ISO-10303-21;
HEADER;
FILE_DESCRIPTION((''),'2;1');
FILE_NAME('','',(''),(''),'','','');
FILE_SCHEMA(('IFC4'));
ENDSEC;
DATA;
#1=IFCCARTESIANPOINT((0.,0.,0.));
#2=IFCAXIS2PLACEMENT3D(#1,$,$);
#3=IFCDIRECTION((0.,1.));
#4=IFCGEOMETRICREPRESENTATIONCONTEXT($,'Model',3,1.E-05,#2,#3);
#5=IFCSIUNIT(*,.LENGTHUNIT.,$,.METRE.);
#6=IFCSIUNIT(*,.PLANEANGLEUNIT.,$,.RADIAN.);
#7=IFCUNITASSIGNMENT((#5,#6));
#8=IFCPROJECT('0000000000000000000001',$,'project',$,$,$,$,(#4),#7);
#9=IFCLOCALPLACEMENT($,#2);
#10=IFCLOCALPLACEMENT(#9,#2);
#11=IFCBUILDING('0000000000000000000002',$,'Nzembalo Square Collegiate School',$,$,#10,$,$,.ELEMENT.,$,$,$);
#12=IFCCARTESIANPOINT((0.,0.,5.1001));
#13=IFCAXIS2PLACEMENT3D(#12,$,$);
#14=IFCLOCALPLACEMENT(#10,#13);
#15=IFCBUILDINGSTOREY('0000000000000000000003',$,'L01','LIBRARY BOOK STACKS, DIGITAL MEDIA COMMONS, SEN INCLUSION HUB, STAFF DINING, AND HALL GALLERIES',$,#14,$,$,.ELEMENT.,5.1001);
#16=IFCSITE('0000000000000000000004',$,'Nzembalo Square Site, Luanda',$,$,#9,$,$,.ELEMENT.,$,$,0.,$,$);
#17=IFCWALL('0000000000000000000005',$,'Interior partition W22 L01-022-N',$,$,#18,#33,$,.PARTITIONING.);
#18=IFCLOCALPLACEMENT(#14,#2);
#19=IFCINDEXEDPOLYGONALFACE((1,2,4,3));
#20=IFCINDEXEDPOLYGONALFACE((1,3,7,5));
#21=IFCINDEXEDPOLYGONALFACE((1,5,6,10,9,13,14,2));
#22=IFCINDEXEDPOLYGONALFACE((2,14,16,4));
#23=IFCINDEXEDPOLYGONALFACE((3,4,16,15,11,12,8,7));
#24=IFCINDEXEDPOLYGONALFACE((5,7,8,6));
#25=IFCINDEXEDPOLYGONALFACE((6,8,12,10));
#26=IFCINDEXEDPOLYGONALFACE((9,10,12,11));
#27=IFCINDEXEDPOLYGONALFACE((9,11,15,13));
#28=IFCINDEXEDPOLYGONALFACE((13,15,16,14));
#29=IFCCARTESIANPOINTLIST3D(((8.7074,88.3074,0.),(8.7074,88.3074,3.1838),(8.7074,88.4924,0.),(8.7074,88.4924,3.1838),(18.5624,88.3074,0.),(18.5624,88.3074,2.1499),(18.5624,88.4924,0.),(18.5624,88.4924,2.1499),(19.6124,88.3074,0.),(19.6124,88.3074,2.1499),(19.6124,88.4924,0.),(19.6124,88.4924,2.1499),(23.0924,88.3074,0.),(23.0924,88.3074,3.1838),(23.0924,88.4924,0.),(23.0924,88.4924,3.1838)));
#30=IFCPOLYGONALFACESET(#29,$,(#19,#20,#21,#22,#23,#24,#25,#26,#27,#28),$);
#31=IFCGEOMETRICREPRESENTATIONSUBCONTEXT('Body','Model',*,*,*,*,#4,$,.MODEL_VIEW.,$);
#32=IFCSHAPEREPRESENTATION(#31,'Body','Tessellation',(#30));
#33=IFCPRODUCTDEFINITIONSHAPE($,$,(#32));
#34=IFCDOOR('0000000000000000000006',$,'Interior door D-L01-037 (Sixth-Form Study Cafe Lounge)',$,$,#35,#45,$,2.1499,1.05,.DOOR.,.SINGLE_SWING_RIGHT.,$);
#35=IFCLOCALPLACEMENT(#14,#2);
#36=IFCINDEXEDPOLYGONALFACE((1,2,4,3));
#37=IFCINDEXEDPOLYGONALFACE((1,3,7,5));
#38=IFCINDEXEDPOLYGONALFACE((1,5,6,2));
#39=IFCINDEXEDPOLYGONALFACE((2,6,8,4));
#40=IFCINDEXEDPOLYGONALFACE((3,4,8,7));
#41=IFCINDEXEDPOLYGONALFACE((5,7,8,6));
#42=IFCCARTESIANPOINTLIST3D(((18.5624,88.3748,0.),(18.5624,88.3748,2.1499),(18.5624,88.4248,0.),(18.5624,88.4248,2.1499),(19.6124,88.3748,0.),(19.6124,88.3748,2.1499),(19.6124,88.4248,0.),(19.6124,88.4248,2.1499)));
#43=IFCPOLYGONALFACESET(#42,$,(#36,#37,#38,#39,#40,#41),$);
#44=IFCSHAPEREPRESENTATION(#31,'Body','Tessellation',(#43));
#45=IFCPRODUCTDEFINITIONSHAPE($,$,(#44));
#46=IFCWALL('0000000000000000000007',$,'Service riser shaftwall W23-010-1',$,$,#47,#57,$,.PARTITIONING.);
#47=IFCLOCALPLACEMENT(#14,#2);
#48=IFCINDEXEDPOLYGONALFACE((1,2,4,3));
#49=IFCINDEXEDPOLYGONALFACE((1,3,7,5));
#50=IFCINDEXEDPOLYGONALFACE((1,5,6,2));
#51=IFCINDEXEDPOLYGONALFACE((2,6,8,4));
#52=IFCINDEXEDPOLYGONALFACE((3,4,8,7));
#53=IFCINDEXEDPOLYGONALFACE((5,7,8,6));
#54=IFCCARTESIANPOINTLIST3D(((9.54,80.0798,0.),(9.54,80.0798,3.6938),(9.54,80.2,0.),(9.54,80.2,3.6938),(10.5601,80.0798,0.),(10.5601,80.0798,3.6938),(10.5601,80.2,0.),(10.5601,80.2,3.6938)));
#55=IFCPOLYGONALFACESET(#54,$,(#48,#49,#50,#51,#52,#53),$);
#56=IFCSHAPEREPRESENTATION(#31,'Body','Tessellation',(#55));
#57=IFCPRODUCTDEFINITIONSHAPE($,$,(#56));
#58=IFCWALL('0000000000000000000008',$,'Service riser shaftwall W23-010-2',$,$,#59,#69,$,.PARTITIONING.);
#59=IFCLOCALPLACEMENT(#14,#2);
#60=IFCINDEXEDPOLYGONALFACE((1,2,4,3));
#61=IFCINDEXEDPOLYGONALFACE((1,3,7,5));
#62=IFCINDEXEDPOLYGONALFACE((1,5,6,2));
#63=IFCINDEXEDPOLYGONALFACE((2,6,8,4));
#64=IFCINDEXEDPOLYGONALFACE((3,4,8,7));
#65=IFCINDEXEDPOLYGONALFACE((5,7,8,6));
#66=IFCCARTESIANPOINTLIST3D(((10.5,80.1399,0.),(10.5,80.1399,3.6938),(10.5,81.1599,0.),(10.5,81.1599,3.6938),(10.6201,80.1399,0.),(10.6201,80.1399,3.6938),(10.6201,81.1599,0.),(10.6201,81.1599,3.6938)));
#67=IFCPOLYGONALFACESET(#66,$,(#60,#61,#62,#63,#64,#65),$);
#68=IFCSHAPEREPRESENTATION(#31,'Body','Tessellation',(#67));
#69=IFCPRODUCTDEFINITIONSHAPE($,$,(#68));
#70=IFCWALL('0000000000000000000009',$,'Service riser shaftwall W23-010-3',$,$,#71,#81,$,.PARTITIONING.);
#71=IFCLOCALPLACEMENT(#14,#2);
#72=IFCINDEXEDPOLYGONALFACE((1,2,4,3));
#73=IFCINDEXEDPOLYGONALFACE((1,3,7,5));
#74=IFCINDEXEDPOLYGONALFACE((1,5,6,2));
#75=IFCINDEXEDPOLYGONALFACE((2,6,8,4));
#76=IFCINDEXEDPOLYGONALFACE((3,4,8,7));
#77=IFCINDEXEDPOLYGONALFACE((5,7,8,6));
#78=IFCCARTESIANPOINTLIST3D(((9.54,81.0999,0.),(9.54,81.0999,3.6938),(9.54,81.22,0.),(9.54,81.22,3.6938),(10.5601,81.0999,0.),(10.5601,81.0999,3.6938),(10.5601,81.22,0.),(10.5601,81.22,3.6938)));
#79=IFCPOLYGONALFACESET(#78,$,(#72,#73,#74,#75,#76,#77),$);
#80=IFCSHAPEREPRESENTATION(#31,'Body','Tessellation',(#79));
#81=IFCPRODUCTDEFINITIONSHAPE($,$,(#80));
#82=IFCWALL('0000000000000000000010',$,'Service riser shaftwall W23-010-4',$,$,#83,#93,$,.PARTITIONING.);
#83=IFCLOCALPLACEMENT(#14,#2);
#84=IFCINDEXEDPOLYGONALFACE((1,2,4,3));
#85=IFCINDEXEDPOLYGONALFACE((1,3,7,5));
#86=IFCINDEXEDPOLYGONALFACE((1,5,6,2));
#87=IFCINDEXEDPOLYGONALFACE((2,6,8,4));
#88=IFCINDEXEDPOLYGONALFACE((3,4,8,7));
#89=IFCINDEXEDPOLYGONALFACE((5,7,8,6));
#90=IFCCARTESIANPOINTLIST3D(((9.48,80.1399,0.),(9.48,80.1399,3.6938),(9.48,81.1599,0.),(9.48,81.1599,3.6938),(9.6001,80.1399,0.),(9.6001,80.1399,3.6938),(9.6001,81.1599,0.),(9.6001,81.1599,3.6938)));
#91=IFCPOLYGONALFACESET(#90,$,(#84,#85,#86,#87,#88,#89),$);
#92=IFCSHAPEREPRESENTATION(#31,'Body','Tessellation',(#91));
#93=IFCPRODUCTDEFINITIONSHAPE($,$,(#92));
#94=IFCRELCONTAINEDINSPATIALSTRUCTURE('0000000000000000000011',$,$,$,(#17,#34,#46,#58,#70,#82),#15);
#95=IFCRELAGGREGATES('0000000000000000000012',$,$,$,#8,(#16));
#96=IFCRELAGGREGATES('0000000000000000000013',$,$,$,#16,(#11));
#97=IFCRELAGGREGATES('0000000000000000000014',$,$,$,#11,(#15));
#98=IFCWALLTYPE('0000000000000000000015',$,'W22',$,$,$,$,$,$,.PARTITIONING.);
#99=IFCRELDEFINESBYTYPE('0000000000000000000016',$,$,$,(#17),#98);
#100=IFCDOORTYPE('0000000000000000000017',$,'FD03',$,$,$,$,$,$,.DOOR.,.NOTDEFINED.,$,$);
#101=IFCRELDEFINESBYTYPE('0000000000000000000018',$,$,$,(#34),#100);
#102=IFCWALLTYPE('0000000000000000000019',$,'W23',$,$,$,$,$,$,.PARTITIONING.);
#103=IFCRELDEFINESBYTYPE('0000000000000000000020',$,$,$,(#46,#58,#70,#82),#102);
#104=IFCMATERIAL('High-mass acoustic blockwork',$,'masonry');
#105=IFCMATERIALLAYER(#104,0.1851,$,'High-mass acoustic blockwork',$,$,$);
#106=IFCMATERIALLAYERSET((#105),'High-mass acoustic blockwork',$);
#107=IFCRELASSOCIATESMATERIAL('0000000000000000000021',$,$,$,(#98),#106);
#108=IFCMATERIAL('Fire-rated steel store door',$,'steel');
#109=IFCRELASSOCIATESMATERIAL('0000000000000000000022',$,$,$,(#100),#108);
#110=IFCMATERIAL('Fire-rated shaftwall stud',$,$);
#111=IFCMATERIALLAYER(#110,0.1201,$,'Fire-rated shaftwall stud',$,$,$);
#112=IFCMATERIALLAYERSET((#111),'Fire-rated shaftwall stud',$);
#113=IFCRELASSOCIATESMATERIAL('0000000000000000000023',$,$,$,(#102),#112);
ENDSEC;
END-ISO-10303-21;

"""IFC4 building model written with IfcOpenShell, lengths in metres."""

from ifc_helpers import new_model, si_unit, direction, frame, frame_2d, origin, place, context, subcontext, project, spatial, rectangle, extrude, material, layer, layer_set, type_object, element, fill, save


model = new_model("IFC4")

# Units and contexts
model_context = context("Model", 3, precision=1e-05, world=origin(), true_north=direction((0.0, 1.0)))
body_context = subcontext(model_context, "Body", "Model", "MODEL_VIEW")
ifc_project = project(units=[si_unit("LENGTHUNIT", "METRE"), si_unit("PLANEANGLEUNIT", "RADIAN")], contexts=[model_context])

# Site, building, storey
site_placement = place(None, origin())
site = spatial("IfcSite", under=ifc_project, at=site_placement, Name="Nzembalo Square Site, Luanda", CompositionType="ELEMENT", RefElevation=0.0)
building_placement = place(site_placement, origin())
building = spatial("IfcBuilding", under=site, at=building_placement, Name="Nzembalo Square Collegiate School", CompositionType="ELEMENT")
storey_placement = place(building_placement, frame((0.0, 0.0, 5.1001)))
storey = spatial("IfcBuildingStorey", under=building, at=storey_placement, Name="L01", Description="LIBRARY BOOK STACKS, DIGITAL MEDIA COMMONS, SEN INCLUSION HUB, STAFF DINING, AND HALL GALLERIES", CompositionType="ELEMENT", Elevation=5.1001)

# Shared definitions
ifc_material_1 = material(Name="High-mass acoustic blockwork", Category="masonry")
ifc_layer_1 = layer(ifc_material_1, 0.1851, Name="High-mass acoustic blockwork")
ifc_layer_set_1 = layer_set([ifc_layer_1], Name="High-mass acoustic blockwork")
wall_type_1 = type_object("IfcWallType", Name="W22", PredefinedType="PARTITIONING", material=ifc_layer_set_1)

# Wall, opening, door
wall_1_placement = place(storey_placement, frame((8.7075, 88.3999, 0.0), z_axis=(0.0, 0.0, 1.0), x_axis=(1.0, 0.0, 0.0)))
wall_1 = element("IfcWall", 1, at=wall_1_placement, inside=storey, type_object=wall_type_1, Name="Interior partition W22 L01-022-N", PredefinedType="PARTITIONING", context=body_context, shape_type="SweptSolid", body=[
    extrude(rectangle(XDim=14.385, YDim=0.1851, at=frame_2d((7.1924, 0.0))), origin(), (0.0, 0.0, 1.0), 3.1838),
])
opening_1_placement = place(wall_1_placement, frame((9.855, 0.0, 0.0)))
opening_1 = element("IfcOpeningElement", 2, at=opening_1_placement, cuts=wall_1, PredefinedType="OPENING", context=body_context, shape_type="SweptSolid", body=[
    extrude(rectangle(XDim=1.05, YDim=2.1499, at=frame_2d((0.5249, 1.075))), frame((0.0, 0.1025, 0.0), z_axis=(0.0, -1.0, 0.0), x_axis=(1.0, 0.0, 0.0)), (0.0, 0.0, 1.0), 0.2051),
])
ifc_material_2 = material(Name="Fire-rated steel store door", Category="steel")
door_type_1 = type_object("IfcDoorType", Name="FD03", OperationType="NOTDEFINED", PredefinedType="DOOR", material=ifc_material_2)
door_1_placement = place(opening_1_placement, origin())
door_1 = element("IfcDoor", 3, at=door_1_placement, inside=storey, type_object=door_type_1, Name="Interior door D-L01-037 (Sixth-Form Study Cafe Lounge)", OperationType="SINGLE_SWING_RIGHT", OverallHeight=2.1499, OverallWidth=1.05, PredefinedType="DOOR", context=body_context, shape_type="SweptSolid", body=[
    extrude(rectangle(XDim=1.05, YDim=2.1499, at=frame_2d((0.5249, 1.075))), frame((0.0, 0.0249, 0.0), z_axis=(0.0, -1.0, 0.0), x_axis=(1.0, 0.0, 0.0)), (0.0, 0.0, 1.0), 0.05),
])
fill(opening_1, door_1)

# Walls
ifc_material_3 = material(Name="Fire-rated shaftwall stud")
ifc_layer_2 = layer(ifc_material_3, 0.1201, Name="Fire-rated shaftwall stud")
ifc_layer_set_2 = layer_set([ifc_layer_2], Name="Fire-rated shaftwall stud")
wall_type_2 = type_object("IfcWallType", Name="W23", PredefinedType="PARTITIONING", material=ifc_layer_set_2)
for number, where, z_axis, x_axis, name in (
    (4, (9.54, 80.1399, 0.0), (0.0, 0.0, 1.0), (1.0, 0.0, 0.0), "Service riser shaftwall W23-010-1"),
    (5, (10.5601, 80.1399, 0.0), (0.0, 0.0, 1.0), (0.0, 1.0, 0.0), "Service riser shaftwall W23-010-2"),
    (6, (10.5601, 81.1599, 0.0), (0.0, 0.0, 1.0), (-1.0, 0.0, 0.0), "Service riser shaftwall W23-010-3"),
    (7, (9.54, 81.1599, 0.0), (0.0, 0.0, 1.0), (0.0, -1.0, 0.0), "Service riser shaftwall W23-010-4"),
):
    element("IfcWall", number, at=place(storey_placement, frame(where, z_axis=z_axis, x_axis=x_axis)), inside=storey, type_object=wall_type_2, Name=name, PredefinedType="PARTITIONING", context=body_context, shape_type="SweptSolid", body=[
        extrude(rectangle(XDim=1.02, YDim=0.1201, at=frame_2d((0.51, 0.0))), origin(), (0.0, 0.0, 1.0), 3.6938),
    ])

save(model, "model.ifc")
